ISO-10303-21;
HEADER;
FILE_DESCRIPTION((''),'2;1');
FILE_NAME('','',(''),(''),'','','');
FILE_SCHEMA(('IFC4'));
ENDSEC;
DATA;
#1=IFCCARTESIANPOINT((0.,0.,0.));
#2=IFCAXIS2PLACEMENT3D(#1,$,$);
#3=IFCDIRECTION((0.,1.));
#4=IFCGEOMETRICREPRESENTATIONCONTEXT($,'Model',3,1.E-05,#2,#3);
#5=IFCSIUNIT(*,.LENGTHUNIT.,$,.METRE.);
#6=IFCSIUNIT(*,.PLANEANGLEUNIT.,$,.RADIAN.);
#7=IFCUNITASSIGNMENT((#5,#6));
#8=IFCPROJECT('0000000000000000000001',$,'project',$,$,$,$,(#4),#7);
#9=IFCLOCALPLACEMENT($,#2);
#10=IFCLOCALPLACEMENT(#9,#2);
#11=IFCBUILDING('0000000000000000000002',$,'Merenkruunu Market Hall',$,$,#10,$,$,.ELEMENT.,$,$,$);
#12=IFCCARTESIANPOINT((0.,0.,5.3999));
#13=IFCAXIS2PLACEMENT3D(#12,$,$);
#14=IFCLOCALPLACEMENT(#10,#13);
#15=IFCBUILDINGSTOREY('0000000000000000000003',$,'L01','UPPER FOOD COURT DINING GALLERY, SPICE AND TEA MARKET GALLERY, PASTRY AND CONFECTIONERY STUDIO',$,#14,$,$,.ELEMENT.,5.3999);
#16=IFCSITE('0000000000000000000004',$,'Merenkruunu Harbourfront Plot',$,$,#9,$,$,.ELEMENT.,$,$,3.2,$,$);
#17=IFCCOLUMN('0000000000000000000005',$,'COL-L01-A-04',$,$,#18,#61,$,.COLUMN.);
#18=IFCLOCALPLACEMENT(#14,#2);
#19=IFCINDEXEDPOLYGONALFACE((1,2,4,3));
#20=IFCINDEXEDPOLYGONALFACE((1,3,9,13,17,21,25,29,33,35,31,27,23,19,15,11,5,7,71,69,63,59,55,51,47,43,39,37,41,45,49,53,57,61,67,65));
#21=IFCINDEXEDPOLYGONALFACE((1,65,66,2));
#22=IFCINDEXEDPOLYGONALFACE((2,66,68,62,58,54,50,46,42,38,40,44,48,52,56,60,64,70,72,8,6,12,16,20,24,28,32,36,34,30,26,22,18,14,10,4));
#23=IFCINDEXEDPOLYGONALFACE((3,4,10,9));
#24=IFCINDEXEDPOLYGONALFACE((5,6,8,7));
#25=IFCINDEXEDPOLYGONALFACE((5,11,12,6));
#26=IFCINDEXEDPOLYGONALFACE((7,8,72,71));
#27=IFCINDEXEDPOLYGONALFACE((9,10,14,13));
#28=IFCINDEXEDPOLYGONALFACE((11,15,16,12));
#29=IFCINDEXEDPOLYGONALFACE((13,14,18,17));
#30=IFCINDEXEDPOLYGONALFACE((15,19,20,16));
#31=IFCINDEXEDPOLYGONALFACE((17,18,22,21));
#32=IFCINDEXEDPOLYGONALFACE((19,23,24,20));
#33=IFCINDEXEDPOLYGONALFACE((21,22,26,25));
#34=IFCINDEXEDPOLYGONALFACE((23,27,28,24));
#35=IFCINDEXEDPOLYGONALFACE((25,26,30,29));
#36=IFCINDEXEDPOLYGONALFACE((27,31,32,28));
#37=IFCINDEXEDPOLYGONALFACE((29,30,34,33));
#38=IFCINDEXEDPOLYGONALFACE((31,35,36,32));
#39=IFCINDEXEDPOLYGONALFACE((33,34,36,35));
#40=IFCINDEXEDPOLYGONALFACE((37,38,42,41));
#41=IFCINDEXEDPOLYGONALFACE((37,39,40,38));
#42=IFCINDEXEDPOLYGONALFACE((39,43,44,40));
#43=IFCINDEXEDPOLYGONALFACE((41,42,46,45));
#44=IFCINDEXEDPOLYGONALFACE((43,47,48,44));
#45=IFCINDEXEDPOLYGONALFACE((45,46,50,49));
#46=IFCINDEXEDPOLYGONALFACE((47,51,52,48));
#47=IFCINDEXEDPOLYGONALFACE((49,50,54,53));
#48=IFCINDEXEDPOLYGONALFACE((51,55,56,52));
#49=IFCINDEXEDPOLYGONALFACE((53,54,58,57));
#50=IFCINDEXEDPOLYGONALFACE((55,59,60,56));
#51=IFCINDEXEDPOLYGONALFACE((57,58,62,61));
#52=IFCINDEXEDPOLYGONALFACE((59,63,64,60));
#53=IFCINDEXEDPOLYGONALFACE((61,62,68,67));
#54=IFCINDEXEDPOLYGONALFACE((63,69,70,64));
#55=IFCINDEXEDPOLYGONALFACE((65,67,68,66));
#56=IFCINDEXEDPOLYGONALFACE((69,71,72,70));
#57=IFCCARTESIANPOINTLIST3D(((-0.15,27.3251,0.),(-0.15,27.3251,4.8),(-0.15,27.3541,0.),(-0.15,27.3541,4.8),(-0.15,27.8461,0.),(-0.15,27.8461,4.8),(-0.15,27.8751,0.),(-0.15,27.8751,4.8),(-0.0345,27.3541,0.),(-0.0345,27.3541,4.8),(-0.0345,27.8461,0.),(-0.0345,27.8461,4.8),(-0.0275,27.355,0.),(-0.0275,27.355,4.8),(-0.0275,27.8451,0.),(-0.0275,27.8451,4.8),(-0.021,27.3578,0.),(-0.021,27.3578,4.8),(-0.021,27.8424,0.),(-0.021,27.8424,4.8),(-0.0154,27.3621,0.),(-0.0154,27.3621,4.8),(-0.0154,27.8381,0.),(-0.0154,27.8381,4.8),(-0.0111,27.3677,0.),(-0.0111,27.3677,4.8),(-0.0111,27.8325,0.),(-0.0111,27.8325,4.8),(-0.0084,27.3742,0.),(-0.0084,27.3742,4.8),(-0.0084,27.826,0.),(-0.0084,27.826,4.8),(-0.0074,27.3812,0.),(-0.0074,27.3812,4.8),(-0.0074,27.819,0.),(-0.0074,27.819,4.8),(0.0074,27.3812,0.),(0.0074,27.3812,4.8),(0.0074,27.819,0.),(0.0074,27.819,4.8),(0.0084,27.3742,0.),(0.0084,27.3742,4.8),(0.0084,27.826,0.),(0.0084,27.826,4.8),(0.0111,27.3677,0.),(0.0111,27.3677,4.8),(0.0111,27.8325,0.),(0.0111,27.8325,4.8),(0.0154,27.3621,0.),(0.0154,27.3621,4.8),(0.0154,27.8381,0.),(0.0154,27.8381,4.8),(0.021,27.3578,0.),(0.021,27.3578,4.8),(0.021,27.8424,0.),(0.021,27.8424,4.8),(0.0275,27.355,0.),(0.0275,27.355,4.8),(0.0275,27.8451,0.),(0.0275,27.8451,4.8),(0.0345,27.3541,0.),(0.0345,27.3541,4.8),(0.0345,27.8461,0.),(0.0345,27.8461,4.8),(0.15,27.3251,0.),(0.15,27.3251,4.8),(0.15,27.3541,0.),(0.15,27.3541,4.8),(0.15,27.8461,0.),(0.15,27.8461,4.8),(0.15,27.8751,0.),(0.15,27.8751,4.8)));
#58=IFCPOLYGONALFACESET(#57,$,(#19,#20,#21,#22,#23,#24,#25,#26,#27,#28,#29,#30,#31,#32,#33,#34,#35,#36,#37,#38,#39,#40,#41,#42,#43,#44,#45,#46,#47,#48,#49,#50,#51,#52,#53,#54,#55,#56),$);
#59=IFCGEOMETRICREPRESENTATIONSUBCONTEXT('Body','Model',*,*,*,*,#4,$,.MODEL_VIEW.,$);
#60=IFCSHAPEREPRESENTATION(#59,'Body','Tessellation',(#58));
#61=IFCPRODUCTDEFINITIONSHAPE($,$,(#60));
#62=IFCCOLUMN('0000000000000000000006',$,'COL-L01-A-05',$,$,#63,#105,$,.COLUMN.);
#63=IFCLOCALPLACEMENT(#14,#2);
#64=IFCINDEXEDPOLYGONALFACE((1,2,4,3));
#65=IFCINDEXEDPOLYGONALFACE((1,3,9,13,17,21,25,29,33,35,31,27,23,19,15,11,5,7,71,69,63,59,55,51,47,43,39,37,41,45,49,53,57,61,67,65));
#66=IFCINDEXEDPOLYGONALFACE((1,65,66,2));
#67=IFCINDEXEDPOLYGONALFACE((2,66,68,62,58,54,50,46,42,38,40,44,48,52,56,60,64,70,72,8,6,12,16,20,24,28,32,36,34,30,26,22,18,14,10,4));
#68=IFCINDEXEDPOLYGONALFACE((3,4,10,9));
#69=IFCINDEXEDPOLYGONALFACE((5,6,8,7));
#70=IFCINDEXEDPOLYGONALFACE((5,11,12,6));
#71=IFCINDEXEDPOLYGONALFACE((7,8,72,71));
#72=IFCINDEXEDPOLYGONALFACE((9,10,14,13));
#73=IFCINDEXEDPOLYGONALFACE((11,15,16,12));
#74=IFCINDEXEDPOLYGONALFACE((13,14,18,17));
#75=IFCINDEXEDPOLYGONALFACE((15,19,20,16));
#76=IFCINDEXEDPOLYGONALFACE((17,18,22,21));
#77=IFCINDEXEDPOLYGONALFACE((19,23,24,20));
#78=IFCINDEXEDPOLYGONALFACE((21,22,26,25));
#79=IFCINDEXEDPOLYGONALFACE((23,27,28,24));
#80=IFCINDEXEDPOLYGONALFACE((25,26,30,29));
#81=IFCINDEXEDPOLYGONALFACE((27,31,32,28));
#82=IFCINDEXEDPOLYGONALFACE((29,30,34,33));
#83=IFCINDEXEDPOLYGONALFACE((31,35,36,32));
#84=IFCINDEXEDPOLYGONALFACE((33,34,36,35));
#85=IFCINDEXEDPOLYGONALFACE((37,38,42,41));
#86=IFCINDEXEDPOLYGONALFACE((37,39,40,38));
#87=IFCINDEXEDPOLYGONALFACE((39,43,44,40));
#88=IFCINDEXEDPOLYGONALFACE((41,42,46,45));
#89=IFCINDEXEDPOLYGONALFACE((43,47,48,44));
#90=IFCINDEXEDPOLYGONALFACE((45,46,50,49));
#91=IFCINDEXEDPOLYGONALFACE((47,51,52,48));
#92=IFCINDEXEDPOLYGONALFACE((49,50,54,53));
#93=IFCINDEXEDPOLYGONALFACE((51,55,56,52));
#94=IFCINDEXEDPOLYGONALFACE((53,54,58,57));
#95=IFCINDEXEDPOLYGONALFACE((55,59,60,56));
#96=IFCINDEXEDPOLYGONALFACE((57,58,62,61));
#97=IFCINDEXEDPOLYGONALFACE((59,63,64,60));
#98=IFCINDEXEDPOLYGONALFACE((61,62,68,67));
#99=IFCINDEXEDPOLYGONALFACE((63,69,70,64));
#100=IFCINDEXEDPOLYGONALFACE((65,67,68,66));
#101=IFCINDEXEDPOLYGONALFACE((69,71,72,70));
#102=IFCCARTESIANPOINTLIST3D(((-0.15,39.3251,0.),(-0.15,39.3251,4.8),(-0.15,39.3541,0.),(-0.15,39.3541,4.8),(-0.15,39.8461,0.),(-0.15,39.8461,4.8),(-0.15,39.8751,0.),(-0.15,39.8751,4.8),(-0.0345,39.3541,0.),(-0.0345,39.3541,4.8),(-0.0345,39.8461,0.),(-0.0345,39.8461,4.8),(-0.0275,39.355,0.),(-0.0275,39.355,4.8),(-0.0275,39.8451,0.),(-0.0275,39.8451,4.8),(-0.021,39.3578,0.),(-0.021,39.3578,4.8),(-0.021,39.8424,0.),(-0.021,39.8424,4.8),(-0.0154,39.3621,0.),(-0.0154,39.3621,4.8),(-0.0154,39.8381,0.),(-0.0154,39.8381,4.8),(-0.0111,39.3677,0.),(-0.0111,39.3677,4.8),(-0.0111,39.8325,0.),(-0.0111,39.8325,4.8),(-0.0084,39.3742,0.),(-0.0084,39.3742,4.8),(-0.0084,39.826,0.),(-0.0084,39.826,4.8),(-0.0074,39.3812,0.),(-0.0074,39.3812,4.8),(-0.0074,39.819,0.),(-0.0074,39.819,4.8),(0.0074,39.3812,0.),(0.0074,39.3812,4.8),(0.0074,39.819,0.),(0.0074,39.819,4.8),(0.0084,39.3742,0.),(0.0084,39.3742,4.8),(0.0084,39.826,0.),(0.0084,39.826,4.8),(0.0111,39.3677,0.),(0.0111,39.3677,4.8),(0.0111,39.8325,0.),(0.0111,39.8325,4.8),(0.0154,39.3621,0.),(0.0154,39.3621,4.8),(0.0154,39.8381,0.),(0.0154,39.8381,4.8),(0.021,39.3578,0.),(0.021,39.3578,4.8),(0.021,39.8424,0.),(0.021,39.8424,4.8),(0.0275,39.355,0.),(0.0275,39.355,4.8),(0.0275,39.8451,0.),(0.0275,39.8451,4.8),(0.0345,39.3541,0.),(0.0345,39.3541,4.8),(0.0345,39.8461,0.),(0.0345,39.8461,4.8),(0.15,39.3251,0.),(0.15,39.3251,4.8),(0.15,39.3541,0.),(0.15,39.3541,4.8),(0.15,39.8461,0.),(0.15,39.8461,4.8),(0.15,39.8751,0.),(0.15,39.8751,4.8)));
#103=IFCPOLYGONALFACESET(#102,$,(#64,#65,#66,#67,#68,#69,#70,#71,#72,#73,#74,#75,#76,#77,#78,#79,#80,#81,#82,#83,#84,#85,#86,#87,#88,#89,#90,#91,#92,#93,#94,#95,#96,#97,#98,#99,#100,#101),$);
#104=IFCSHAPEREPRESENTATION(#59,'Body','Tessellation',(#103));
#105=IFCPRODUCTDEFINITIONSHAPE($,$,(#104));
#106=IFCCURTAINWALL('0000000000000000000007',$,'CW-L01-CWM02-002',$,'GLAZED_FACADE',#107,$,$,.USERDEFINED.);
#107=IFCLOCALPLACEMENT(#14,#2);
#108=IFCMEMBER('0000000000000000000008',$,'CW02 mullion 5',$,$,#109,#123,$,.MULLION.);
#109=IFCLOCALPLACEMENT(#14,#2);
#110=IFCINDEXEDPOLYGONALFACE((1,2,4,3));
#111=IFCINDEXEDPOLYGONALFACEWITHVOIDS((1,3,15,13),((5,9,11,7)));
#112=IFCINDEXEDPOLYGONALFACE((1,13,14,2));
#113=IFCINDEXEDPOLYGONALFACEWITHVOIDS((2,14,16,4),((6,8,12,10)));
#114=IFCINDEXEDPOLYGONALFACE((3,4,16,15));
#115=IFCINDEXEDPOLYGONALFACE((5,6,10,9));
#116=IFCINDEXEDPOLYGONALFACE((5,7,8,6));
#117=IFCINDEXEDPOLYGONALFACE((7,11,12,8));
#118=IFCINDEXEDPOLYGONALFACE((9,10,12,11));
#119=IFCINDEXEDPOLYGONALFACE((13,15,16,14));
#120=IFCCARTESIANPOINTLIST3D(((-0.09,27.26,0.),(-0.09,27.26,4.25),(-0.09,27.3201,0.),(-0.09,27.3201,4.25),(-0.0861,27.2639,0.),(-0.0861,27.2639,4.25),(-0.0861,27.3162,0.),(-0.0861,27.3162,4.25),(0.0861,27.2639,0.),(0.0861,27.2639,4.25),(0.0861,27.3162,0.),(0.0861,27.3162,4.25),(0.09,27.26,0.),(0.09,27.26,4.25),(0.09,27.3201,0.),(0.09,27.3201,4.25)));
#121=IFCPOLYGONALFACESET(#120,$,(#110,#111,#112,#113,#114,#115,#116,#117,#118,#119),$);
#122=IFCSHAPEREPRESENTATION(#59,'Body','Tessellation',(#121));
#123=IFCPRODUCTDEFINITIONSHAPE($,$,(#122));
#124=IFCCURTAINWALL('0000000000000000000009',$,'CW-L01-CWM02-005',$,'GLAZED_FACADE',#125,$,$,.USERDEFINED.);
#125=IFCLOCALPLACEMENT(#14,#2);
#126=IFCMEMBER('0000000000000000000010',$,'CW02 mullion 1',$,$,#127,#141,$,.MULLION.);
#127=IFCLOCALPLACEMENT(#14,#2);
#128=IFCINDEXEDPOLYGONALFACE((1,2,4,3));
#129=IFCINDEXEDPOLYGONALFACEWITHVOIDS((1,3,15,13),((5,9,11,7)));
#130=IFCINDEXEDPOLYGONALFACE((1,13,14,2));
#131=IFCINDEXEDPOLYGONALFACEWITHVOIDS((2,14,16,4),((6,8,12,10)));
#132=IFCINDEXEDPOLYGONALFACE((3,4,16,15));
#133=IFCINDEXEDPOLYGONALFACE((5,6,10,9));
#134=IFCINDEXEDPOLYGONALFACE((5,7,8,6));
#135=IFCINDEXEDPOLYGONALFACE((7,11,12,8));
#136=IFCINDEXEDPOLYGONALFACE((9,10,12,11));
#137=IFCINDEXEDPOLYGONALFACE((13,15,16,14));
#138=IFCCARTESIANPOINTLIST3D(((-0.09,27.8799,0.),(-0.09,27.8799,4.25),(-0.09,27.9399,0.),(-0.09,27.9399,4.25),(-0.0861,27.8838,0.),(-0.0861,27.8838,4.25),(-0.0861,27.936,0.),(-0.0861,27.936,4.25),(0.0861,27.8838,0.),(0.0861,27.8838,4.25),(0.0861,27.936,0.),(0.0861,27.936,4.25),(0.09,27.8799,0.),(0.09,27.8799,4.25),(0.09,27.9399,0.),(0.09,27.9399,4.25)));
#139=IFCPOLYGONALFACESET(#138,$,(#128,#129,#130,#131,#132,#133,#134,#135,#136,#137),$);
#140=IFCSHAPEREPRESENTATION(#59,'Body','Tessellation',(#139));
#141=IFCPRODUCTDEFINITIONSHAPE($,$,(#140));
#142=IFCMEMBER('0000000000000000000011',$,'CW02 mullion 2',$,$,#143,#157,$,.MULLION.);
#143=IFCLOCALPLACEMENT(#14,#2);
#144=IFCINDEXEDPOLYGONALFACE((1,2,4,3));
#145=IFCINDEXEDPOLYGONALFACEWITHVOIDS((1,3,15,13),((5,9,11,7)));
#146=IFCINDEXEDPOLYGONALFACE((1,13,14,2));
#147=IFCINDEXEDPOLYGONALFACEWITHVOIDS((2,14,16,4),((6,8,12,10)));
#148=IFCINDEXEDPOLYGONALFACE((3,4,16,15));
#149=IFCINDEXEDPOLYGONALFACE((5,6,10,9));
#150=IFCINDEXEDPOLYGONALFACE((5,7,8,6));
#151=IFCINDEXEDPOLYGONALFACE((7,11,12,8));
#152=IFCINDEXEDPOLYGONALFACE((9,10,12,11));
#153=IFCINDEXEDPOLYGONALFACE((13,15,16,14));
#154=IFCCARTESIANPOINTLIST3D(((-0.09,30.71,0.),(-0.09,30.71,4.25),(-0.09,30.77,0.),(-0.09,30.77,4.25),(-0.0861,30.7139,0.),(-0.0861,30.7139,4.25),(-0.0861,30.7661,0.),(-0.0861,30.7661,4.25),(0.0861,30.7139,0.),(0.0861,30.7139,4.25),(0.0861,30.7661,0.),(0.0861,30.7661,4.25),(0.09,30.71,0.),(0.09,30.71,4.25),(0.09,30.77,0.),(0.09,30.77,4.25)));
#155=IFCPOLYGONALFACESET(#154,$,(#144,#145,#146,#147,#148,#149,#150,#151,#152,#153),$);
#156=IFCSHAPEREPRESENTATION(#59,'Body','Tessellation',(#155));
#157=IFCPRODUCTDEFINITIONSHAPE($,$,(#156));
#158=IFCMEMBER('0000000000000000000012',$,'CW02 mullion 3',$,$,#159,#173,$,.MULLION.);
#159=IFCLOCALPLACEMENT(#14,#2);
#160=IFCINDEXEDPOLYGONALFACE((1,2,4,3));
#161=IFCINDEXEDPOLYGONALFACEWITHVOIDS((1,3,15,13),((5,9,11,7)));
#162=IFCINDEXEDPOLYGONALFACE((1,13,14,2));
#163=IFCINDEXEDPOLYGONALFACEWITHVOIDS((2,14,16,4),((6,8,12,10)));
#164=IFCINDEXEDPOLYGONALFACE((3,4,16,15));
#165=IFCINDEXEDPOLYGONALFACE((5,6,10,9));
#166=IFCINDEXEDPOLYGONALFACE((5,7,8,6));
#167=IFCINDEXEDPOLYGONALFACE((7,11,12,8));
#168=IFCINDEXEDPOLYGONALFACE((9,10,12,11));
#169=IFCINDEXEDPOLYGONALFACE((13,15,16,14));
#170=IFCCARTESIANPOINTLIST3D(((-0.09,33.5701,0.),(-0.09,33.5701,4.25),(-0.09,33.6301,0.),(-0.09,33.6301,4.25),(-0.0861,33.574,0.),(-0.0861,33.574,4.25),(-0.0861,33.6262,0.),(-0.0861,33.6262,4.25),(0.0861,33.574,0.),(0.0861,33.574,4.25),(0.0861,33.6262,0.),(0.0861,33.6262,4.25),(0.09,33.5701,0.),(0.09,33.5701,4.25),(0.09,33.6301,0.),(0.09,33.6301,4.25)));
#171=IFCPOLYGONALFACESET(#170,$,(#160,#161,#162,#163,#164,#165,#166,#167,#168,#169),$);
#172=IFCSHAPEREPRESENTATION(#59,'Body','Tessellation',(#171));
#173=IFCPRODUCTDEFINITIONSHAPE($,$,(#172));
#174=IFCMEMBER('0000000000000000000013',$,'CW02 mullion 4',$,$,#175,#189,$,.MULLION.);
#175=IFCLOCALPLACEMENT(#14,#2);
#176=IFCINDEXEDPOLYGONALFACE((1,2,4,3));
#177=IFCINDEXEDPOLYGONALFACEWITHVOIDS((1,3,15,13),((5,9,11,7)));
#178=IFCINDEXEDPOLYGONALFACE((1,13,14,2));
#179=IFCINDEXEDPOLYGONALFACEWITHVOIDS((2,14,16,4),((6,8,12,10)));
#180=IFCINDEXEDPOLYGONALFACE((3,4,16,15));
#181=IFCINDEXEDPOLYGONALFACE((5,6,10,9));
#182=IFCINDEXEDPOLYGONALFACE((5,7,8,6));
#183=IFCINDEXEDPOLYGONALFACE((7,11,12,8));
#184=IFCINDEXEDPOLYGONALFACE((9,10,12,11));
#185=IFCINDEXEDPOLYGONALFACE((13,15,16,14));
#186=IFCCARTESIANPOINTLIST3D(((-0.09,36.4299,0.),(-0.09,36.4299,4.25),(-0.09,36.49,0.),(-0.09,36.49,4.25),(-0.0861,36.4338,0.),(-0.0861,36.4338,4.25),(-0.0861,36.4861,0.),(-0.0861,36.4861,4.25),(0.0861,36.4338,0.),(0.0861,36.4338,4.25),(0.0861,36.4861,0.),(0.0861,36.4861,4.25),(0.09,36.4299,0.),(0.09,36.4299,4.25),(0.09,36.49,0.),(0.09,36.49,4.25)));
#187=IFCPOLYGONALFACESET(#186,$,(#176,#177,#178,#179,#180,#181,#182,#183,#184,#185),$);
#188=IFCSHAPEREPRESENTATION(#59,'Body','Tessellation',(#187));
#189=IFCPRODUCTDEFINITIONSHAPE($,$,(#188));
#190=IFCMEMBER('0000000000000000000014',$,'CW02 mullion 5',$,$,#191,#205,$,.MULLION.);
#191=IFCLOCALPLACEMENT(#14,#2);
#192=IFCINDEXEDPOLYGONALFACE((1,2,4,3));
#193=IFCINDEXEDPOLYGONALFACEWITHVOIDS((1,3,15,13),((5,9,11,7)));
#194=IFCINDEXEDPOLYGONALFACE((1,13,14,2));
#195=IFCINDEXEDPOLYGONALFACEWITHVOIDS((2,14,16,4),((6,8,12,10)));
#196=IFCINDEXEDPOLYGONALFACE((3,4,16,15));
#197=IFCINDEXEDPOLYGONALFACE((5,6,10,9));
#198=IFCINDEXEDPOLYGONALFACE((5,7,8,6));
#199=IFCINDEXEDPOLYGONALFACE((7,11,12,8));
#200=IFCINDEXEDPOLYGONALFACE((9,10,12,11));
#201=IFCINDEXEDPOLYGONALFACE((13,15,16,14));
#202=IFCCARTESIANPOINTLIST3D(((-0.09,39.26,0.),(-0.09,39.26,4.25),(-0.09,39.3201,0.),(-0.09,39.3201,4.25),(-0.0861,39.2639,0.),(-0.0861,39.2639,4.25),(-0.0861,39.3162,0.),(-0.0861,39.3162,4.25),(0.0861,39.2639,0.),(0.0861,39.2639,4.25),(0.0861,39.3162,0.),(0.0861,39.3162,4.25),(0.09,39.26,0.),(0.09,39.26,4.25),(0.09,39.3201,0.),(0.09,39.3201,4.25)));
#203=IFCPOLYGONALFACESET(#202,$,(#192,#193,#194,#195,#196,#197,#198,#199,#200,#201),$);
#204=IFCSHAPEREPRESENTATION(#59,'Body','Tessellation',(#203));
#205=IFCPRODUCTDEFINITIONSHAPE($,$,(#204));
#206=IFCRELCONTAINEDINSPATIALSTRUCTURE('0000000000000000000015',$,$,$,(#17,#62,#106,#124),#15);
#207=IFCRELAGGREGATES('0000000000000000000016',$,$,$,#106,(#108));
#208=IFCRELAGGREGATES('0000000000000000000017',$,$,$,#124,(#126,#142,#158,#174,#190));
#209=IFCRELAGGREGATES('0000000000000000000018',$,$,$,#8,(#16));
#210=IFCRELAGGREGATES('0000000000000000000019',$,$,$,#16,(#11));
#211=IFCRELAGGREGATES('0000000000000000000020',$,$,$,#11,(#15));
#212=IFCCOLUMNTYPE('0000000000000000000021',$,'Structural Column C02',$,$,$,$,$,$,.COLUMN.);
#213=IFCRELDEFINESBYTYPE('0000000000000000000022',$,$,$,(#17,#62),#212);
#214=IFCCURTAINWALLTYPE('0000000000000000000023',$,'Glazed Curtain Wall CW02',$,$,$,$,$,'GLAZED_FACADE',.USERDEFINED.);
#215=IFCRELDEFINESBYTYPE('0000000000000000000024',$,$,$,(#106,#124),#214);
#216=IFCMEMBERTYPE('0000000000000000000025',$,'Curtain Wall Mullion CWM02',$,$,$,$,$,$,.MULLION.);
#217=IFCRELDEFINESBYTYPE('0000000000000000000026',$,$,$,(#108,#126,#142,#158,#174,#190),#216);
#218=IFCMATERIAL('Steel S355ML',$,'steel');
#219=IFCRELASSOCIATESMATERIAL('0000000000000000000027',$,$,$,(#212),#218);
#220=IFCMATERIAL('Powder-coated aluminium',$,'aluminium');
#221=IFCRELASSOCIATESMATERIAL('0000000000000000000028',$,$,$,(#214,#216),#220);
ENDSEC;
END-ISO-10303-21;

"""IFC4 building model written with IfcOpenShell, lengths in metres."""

from ifc_helpers import new_model, si_unit, direction, frame, origin, origin_2d, place, context, subcontext, project, spatial, hollow_rectangle, i_section, extrude, material, material_profile, profile_set, type_object, element, aggregate, save


model = new_model("IFC4")

# Units and contexts
model_context = context("Model", 3, precision=1e-05, world=origin(), true_north=direction((0.0, 1.0)))
body_context = subcontext(model_context, "Body", "Model", "MODEL_VIEW")
ifc_project = project(units=[si_unit("LENGTHUNIT", "METRE"), si_unit("PLANEANGLEUNIT", "RADIAN")], contexts=[model_context])

# Site, building, storey
site_placement = place(None, origin())
site = spatial("IfcSite", under=ifc_project, at=site_placement, Name="Merenkruunu Harbourfront Plot", CompositionType="ELEMENT", RefElevation=3.2)
building_placement = place(site_placement, origin())
building = spatial("IfcBuilding", under=site, at=building_placement, Name="Merenkruunu Market Hall", CompositionType="ELEMENT")
storey_placement = place(building_placement, frame((0.0, 0.0, 5.3999)))
storey = spatial("IfcBuildingStorey", under=building, at=storey_placement, Name="L01", Description="UPPER FOOD COURT DINING GALLERY, SPICE AND TEA MARKET GALLERY, PASTRY AND CONFECTIONERY STUDIO", CompositionType="ELEMENT", Elevation=5.3999)

# Columns
ifc_material_1 = material(Name="Steel S355ML", Category="steel")
ifc_material_profile_1 = material_profile(ifc_material_1, i_section(OverallWidth=0.3, OverallDepth=0.55, WebThickness=0.0149, FlangeThickness=0.0291, FilletRadius=0.0271, at=origin_2d()), Name="HEB 550")
ifc_profile_set_1 = profile_set([ifc_material_profile_1], Name="Steel S355ML")
column_type = type_object("IfcColumnType", Name="Structural Column C02", PredefinedType="COLUMN", material=ifc_profile_set_1)
for number, where, z_axis, x_axis, name in (
    (1, (0.0, 27.6001, 0.0), (0.0, 0.0, 1.0), (1.0, 0.0, 0.0), "COL-L01-A-04"),
    (2, (0.0, 39.6001, 0.0), (0.0, 0.0, 1.0), (1.0, 0.0, 0.0), "COL-L01-A-05"),
):
    element("IfcColumn", number, at=place(storey_placement, frame(where, z_axis=z_axis, x_axis=x_axis)), inside=storey, type_object=column_type, Name=name, PredefinedType="COLUMN", context=body_context, shape_type="SweptSolid", body=[
        extrude(i_section(OverallWidth=0.3, OverallDepth=0.55, WebThickness=0.0149, FlangeThickness=0.0291, FilletRadius=0.0271, at=origin_2d()), origin(), (0.0, 0.0, 1.0), 4.8),
    ])

# Curtain wall, member
ifc_material_2 = material(Name="Powder-coated aluminium", Category="aluminium")
curtain_wall_type = type_object("IfcCurtainWallType", Name="Glazed Curtain Wall CW02", ElementType="GLAZED_FACADE", PredefinedType="USERDEFINED", material=ifc_material_2)
curtain_wall_1_placement = place(storey_placement, origin())
curtain_wall_1 = element("IfcCurtainWall", 3, at=curtain_wall_1_placement, inside=storey, type_object=curtain_wall_type, Name="CW-L01-CWM02-002", ObjectType="GLAZED_FACADE", PredefinedType="USERDEFINED")
ifc_material_profile_2 = material_profile(ifc_material_2, hollow_rectangle(XDim=0.0601, YDim=0.1799, WallThickness=0.0039, at=origin_2d()), Name="ALU 60x180x4")
ifc_profile_set_2 = profile_set([ifc_material_profile_2], Name="Powder-coated aluminium")
member_type_1 = type_object("IfcMemberType", Name="Curtain Wall Mullion CWM02", PredefinedType="MULLION", material=ifc_profile_set_2)
member_1_placement = place(storey_placement, frame((0.0, 27.29, 0.0), z_axis=(0.0, 0.0, 1.0), x_axis=(0.0, 1.0, 0.0)))
member_1 = element("IfcMember", 4, at=member_1_placement, type_object=member_type_1, Name="CW02 mullion 5", PredefinedType="MULLION", context=body_context, shape_type="SweptSolid", body=[
    extrude(hollow_rectangle(XDim=0.0601, YDim=0.1799, WallThickness=0.0039, at=origin_2d()), origin(), (0.0, 0.0, 1.0), 4.25),
])

# Curtain wall, members
curtain_wall_2_placement = place(storey_placement, origin())
curtain_wall_2 = element("IfcCurtainWall", 5, at=curtain_wall_2_placement, inside=storey, type_object=curtain_wall_type, Name="CW-L01-CWM02-005", ObjectType="GLAZED_FACADE", PredefinedType="USERDEFINED")
member_2_placement = place(storey_placement, frame((0.0, 27.9099, 0.0), z_axis=(0.0, 0.0, 1.0), x_axis=(0.0, 1.0, 0.0)))
member_2 = element("IfcMember", 6, at=member_2_placement, type_object=member_type_1, Name="CW02 mullion 1", PredefinedType="MULLION", context=body_context, shape_type="SweptSolid", body=[
    extrude(hollow_rectangle(XDim=0.0601, YDim=0.1799, WallThickness=0.0039, at=origin_2d()), origin(), (0.0, 0.0, 1.0), 4.25),
])
member_3_placement = place(storey_placement, frame((0.0, 30.74, 0.0), z_axis=(0.0, 0.0, 1.0), x_axis=(0.0, 1.0, 0.0)))
member_3 = element("IfcMember", 7, at=member_3_placement, type_object=member_type_1, Name="CW02 mullion 2", PredefinedType="MULLION", context=body_context, shape_type="SweptSolid", body=[
    extrude(hollow_rectangle(XDim=0.0601, YDim=0.1799, WallThickness=0.0039, at=origin_2d()), origin(), (0.0, 0.0, 1.0), 4.25),
])
member_4_placement = place(storey_placement, frame((0.0, 33.6001, 0.0), z_axis=(0.0, 0.0, 1.0), x_axis=(0.0, 1.0, 0.0)))
member_4 = element("IfcMember", 8, at=member_4_placement, type_object=member_type_1, Name="CW02 mullion 3", PredefinedType="MULLION", context=body_context, shape_type="SweptSolid", body=[
    extrude(hollow_rectangle(XDim=0.0601, YDim=0.1799, WallThickness=0.0039, at=origin_2d()), origin(), (0.0, 0.0, 1.0), 4.25),
])
member_5_placement = place(storey_placement, frame((0.0, 36.46, 0.0), z_axis=(0.0, 0.0, 1.0), x_axis=(0.0, 1.0, 0.0)))
member_5 = element("IfcMember", 9, at=member_5_placement, type_object=member_type_1, Name="CW02 mullion 4", PredefinedType="MULLION", context=body_context, shape_type="SweptSolid", body=[
    extrude(hollow_rectangle(XDim=0.0601, YDim=0.1799, WallThickness=0.0039, at=origin_2d()), origin(), (0.0, 0.0, 1.0), 4.25),
])
member_6_placement = place(storey_placement, frame((0.0, 39.29, 0.0), z_axis=(0.0, 0.0, 1.0), x_axis=(0.0, 1.0, 0.0)))
member_6 = element("IfcMember", 10, at=member_6_placement, type_object=member_type_1, Name="CW02 mullion 5", PredefinedType="MULLION", context=body_context, shape_type="SweptSolid", body=[
    extrude(hollow_rectangle(XDim=0.0601, YDim=0.1799, WallThickness=0.0039, at=origin_2d()), origin(), (0.0, 0.0, 1.0), 4.25),
])

aggregate(curtain_wall_1, [member_1])
aggregate(curtain_wall_2, [member_2, member_3, member_4, member_5, member_6])

save(model, "model.ifc")
